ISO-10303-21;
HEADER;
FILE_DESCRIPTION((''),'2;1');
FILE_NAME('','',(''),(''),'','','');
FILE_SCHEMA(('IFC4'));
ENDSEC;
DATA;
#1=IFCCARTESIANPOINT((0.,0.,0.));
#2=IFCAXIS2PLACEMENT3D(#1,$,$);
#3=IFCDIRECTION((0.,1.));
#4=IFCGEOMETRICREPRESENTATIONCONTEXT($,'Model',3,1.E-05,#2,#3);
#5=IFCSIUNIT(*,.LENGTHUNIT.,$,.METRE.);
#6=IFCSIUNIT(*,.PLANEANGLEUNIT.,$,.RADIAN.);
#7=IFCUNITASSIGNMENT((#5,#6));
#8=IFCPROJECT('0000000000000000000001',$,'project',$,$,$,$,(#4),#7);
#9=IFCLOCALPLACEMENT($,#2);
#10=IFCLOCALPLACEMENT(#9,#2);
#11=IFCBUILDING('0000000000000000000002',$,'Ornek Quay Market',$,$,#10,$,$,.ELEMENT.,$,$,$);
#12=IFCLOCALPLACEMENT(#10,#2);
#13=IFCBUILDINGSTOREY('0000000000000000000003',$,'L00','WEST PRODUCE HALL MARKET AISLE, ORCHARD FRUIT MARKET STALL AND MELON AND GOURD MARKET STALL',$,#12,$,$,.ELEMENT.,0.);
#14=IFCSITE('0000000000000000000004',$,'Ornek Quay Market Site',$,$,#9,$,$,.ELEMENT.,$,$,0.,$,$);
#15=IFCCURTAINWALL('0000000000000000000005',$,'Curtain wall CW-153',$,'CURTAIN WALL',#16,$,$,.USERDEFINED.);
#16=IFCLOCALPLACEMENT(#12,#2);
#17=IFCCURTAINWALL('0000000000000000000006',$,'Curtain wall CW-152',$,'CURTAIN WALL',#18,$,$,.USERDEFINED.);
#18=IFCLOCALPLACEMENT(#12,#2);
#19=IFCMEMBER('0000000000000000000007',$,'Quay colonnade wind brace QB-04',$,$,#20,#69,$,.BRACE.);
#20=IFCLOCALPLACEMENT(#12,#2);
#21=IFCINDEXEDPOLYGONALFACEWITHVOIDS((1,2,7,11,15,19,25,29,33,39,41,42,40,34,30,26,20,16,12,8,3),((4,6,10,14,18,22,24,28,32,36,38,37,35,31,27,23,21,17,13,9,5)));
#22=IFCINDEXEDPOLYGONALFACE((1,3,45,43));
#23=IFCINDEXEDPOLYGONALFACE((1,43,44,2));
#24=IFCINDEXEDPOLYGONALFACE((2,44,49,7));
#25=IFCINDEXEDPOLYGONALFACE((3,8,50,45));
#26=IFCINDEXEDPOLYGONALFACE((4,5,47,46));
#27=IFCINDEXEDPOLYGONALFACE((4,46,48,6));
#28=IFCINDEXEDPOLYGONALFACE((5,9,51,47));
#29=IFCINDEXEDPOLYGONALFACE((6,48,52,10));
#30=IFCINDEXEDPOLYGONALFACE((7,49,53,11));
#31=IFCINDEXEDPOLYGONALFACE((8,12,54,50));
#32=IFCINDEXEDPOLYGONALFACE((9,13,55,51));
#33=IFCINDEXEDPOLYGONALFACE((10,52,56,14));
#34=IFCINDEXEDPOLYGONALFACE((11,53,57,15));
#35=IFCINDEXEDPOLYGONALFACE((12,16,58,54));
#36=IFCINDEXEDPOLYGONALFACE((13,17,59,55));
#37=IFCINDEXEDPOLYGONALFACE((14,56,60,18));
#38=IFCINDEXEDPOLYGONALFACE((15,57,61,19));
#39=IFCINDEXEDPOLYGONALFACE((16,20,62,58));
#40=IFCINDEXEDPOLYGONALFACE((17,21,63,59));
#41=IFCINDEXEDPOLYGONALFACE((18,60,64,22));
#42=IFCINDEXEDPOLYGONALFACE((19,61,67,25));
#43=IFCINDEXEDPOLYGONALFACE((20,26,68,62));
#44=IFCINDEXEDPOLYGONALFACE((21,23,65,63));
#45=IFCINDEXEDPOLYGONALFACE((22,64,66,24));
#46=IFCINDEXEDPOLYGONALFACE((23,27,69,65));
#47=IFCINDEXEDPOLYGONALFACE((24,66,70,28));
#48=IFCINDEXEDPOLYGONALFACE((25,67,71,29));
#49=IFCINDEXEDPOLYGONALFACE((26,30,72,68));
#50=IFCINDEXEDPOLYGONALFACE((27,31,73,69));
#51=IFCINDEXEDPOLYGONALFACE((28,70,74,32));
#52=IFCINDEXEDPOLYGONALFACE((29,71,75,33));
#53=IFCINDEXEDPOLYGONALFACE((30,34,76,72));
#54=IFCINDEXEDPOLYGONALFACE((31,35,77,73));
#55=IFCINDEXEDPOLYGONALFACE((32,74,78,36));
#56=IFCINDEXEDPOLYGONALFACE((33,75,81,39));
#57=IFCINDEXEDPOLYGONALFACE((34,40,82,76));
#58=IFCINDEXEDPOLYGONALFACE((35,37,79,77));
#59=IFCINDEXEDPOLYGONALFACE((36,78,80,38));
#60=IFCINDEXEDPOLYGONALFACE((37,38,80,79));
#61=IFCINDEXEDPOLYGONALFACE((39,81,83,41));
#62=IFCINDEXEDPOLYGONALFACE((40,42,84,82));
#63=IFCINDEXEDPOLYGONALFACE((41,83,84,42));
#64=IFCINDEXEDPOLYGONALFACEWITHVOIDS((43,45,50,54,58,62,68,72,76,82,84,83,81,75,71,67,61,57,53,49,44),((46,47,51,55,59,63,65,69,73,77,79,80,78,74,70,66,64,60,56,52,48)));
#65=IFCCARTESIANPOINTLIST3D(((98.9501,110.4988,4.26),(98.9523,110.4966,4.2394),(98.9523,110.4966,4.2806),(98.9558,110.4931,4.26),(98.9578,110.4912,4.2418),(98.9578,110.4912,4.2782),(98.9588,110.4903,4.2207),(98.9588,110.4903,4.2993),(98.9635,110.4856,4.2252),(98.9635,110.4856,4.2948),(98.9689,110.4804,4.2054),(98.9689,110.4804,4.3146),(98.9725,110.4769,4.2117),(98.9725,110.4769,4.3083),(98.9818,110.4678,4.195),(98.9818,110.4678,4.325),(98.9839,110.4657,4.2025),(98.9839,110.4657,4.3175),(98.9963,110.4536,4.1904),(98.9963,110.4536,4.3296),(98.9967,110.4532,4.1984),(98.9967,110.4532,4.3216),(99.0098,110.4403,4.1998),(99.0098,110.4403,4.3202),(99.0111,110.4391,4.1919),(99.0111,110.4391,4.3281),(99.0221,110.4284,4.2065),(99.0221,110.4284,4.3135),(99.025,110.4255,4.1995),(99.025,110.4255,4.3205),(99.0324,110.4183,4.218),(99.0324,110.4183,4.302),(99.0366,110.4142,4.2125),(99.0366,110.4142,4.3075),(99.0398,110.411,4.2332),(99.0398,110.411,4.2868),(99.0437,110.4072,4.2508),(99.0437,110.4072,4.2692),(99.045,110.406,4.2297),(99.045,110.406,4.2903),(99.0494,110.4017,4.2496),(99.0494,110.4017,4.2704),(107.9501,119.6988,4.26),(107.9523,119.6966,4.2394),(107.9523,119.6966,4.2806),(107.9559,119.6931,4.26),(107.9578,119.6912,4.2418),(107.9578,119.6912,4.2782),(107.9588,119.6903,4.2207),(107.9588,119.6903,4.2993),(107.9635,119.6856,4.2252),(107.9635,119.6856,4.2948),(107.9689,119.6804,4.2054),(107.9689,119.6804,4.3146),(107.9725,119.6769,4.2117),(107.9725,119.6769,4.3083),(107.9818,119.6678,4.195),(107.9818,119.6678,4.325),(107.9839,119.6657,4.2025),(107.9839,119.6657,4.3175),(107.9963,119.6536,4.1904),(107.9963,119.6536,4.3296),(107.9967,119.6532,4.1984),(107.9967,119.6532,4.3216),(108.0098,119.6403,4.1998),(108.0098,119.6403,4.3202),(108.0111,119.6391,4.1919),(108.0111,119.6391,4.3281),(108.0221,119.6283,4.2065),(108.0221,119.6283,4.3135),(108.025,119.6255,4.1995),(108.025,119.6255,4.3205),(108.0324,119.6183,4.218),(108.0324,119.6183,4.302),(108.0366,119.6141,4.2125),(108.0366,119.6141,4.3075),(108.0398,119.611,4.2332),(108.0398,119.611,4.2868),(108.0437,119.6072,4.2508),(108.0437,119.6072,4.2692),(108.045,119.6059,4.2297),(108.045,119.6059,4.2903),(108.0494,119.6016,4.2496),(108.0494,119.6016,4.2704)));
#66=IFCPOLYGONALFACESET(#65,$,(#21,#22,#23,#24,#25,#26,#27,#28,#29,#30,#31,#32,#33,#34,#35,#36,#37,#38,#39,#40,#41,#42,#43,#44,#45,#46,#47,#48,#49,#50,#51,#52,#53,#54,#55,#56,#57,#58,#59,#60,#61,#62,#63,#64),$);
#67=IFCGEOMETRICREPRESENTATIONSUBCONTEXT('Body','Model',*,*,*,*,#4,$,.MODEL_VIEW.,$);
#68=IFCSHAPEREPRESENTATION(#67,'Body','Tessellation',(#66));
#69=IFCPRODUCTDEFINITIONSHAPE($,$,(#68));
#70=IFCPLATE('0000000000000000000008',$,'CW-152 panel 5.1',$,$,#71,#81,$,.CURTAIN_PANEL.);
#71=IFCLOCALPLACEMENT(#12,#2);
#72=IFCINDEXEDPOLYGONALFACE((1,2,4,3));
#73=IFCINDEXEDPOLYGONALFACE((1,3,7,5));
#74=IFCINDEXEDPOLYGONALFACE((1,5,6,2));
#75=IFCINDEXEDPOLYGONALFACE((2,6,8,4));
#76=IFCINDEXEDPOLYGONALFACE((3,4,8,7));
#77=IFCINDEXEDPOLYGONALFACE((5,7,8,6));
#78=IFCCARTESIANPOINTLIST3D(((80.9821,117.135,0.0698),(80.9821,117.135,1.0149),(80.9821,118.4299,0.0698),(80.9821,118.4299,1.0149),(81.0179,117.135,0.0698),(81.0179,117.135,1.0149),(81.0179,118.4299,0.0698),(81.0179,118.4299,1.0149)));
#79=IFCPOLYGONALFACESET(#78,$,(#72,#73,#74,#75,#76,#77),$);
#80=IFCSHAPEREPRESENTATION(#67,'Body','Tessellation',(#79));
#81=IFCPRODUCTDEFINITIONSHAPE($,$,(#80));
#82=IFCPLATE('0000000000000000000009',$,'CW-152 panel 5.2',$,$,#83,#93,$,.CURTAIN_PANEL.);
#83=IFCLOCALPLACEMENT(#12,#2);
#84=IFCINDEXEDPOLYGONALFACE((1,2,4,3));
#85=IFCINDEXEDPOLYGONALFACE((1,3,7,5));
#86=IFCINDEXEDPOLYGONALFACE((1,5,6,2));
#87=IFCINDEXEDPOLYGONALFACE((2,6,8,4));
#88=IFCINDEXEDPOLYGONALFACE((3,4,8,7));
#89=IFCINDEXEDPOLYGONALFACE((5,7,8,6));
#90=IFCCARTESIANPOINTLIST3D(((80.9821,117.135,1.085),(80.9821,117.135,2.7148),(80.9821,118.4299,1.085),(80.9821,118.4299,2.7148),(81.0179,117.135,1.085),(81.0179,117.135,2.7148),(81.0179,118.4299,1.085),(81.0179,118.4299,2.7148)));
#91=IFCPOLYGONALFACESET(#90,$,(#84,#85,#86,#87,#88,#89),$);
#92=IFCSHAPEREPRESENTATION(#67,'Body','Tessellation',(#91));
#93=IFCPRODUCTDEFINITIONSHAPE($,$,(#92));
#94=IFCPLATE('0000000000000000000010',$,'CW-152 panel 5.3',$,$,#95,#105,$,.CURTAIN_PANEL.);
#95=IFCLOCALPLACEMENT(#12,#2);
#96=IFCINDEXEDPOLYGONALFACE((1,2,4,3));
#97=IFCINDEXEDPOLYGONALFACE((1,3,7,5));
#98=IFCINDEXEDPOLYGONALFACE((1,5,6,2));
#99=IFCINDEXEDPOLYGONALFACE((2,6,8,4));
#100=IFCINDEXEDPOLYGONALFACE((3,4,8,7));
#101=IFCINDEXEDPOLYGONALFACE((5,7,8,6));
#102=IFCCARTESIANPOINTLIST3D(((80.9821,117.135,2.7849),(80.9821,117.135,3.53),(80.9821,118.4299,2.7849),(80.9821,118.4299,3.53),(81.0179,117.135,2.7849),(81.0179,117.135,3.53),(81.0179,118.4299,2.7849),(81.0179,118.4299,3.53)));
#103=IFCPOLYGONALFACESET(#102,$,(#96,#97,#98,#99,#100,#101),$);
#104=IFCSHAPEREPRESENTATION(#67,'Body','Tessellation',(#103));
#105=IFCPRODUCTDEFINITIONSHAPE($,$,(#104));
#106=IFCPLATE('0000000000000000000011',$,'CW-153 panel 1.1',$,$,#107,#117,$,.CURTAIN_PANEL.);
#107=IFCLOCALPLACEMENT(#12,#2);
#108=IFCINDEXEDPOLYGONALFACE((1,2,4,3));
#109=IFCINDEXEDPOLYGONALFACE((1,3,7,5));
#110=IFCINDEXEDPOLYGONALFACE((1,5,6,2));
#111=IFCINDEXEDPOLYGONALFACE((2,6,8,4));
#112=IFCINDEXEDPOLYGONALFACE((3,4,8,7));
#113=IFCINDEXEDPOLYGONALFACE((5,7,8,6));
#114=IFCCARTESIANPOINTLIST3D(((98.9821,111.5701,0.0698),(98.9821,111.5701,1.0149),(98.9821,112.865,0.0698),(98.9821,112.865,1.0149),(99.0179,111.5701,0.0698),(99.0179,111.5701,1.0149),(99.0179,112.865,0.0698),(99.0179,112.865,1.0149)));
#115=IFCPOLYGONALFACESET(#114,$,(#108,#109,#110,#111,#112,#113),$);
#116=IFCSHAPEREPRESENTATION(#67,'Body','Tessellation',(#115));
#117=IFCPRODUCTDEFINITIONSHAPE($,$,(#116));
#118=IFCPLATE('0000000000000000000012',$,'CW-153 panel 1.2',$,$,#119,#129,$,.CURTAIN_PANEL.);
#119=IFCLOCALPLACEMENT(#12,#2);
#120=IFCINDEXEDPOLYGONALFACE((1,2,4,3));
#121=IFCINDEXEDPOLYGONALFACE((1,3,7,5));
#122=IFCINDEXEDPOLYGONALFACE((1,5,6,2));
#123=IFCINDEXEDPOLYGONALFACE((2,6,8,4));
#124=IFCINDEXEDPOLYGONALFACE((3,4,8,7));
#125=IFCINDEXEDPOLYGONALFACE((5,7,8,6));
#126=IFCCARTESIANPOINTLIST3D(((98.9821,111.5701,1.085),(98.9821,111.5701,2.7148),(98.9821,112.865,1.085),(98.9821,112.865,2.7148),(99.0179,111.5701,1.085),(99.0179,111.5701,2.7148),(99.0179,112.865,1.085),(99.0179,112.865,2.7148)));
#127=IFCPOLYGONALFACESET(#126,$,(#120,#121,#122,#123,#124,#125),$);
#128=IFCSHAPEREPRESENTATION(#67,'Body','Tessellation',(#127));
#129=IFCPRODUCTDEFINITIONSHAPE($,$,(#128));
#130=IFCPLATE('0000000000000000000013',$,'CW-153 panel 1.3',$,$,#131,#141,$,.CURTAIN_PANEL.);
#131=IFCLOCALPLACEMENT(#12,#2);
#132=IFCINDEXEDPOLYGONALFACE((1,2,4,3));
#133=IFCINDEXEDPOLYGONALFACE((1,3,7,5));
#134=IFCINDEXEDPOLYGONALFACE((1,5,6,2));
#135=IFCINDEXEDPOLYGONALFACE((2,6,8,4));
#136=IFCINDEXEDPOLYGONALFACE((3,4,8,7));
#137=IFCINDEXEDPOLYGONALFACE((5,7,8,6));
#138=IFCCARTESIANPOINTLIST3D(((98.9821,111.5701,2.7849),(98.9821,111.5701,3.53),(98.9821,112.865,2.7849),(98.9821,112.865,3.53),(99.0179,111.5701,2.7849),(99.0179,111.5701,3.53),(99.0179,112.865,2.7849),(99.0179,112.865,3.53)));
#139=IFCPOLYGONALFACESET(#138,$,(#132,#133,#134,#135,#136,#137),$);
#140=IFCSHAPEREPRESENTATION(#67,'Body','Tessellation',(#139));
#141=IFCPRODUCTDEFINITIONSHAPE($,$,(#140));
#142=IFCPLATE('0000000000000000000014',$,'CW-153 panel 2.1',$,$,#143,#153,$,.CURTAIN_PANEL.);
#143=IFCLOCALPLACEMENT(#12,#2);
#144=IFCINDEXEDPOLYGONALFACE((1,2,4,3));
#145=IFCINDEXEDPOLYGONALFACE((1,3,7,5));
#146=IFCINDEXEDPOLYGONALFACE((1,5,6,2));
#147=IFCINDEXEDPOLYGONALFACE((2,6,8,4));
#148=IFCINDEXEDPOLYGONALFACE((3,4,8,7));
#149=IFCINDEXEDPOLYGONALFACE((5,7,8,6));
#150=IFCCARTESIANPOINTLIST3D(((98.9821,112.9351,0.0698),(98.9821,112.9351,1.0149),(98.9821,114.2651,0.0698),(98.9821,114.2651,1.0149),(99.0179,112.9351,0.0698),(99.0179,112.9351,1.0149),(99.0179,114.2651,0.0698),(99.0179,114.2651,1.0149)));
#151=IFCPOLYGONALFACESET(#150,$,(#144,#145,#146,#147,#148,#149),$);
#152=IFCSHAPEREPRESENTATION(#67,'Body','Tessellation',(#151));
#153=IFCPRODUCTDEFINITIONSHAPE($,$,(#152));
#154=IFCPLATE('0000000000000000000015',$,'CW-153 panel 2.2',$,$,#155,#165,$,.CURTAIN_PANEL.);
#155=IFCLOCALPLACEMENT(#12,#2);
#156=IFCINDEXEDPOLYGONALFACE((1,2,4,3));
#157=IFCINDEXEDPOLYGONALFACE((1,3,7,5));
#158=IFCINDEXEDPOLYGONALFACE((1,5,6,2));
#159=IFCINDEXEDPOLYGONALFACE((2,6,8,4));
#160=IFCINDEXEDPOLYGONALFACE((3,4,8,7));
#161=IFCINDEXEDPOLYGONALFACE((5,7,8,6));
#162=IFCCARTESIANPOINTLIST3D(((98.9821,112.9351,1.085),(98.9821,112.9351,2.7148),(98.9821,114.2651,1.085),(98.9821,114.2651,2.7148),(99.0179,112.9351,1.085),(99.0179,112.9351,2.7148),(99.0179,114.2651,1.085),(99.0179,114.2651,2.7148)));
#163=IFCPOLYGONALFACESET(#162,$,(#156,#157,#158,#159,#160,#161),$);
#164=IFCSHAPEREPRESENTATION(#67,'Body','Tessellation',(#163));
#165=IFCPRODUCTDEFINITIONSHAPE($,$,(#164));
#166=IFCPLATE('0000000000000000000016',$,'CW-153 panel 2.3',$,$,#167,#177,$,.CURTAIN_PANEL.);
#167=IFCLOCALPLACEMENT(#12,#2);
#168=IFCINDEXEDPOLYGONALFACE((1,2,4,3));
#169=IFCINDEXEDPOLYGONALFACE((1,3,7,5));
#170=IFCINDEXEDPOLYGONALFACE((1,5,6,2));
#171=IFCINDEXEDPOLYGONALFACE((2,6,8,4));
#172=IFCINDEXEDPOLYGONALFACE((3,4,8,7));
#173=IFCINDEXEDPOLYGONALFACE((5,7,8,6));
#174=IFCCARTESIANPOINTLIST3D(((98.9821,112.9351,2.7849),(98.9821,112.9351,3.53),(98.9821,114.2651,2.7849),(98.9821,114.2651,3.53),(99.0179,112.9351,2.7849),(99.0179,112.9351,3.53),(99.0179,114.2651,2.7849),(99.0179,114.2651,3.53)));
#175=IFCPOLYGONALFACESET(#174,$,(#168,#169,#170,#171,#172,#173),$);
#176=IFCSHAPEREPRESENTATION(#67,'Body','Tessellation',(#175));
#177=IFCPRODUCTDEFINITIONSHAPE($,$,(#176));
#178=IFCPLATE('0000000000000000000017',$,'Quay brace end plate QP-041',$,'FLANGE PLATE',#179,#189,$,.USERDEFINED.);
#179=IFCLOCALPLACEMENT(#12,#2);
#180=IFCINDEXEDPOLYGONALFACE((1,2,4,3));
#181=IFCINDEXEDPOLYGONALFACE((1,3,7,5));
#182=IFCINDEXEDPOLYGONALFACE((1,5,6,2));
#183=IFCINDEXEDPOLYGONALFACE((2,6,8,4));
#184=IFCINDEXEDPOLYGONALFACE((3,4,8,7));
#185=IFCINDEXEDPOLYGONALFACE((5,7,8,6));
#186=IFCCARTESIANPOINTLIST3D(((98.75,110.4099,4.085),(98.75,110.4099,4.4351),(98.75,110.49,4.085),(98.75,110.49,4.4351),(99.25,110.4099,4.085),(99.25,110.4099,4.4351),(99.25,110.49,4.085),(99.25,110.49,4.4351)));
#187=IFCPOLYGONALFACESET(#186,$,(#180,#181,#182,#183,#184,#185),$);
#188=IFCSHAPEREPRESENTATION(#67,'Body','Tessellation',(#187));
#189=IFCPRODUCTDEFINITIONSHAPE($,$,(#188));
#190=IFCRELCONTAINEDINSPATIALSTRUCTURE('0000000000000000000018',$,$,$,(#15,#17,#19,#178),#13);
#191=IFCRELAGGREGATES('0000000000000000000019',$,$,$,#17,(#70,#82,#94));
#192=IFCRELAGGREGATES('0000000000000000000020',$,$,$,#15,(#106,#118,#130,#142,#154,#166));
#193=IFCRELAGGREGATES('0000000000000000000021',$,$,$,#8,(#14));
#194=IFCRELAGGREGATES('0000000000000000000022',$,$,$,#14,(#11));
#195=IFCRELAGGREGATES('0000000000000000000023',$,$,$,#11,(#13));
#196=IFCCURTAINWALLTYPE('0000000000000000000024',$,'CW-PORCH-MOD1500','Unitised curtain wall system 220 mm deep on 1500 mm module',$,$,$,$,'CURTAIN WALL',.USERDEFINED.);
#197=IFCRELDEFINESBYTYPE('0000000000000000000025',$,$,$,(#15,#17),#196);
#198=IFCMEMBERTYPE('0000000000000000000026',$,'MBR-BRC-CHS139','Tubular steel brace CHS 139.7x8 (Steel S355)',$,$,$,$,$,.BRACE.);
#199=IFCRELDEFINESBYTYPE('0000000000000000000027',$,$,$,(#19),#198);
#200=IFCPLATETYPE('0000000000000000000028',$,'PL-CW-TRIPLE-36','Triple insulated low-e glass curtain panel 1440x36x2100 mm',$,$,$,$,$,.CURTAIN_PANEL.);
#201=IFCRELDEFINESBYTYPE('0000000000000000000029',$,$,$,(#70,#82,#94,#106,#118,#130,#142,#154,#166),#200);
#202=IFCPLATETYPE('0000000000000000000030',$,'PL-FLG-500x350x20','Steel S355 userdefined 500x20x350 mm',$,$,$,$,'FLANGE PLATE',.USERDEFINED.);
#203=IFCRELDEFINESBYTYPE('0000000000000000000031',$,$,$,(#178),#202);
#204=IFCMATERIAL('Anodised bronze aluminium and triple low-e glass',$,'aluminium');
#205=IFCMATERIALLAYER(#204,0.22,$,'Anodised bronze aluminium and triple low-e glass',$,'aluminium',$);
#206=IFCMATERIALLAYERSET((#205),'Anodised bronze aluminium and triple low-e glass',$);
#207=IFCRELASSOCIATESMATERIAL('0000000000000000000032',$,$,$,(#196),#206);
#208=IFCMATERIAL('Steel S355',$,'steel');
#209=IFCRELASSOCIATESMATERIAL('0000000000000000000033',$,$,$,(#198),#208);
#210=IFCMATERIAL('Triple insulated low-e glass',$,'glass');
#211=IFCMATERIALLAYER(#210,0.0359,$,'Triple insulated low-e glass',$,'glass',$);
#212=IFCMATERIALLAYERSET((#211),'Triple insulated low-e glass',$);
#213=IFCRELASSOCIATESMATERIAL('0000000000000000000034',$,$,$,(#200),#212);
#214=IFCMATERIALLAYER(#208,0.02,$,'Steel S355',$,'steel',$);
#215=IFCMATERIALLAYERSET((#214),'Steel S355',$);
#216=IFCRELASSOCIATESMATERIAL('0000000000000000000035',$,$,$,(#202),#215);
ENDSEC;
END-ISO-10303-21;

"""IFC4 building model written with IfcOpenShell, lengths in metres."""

from ifc_helpers import new_model, si_unit, direction, frame, origin, origin_2d, place, context, subcontext, project, spatial, rectangle, hollow_circle, extrude, material, layer, layer_set, material_profile, profile_set, type_object, element, aggregate, save


model = new_model("IFC4")

# Units and contexts
model_context = context("Model", 3, precision=1e-05, world=origin(), true_north=direction((0.0, 1.0)))
body_context = subcontext(model_context, "Body", "Model", "MODEL_VIEW")
ifc_project = project(units=[si_unit("LENGTHUNIT", "METRE"), si_unit("PLANEANGLEUNIT", "RADIAN")], contexts=[model_context])

# Site, building, storey
site_placement = place(None, origin())
site = spatial("IfcSite", under=ifc_project, at=site_placement, Name="Ornek Quay Market Site", CompositionType="ELEMENT", RefElevation=0.0)
building_placement = place(site_placement, origin())
building = spatial("IfcBuilding", under=site, at=building_placement, Name="Ornek Quay Market", CompositionType="ELEMENT")
storey_placement = place(building_placement, origin())
storey = spatial("IfcBuildingStorey", under=building, at=storey_placement, Name="L00", Description="WEST PRODUCE HALL MARKET AISLE, ORCHARD FRUIT MARKET STALL AND MELON AND GOURD MARKET STALL", CompositionType="ELEMENT", Elevation=0.0)

# Shared definitions
ifc_material_1 = material(Name="Steel S355", Category="steel")

# Curtain walls
ifc_material_2 = material(Name="Anodised bronze aluminium and triple low-e glass", Category="aluminium")
ifc_layer_1 = layer(ifc_material_2, 0.22, Name="Anodised bronze aluminium and triple low-e glass", Category="aluminium")
ifc_layer_set_1 = layer_set([ifc_layer_1], Name="Anodised bronze aluminium and triple low-e glass")
curtain_wall_type = type_object("IfcCurtainWallType", Name="CW-PORCH-MOD1500", Description="Unitised curtain wall system 220 mm deep on 1500 mm module", ElementType="CURTAIN WALL", PredefinedType="USERDEFINED", material=ifc_layer_set_1)
curtain_wall_1_placement = place(storey_placement, origin())
curtain_wall_1 = element("IfcCurtainWall", 1, at=curtain_wall_1_placement, inside=storey, type_object=curtain_wall_type, Name="Curtain wall CW-153", ObjectType="CURTAIN WALL", PredefinedType="USERDEFINED")
curtain_wall_2_placement = place(storey_placement, origin())
curtain_wall_2 = element("IfcCurtainWall", 2, at=curtain_wall_2_placement, inside=storey, type_object=curtain_wall_type, Name="Curtain wall CW-152", ObjectType="CURTAIN WALL", PredefinedType="USERDEFINED")

# Member
ifc_material_profile_1 = material_profile(ifc_material_1, hollow_circle(Radius=0.0698, WallThickness=0.0081, at=origin_2d()), Name="CHS 139.7x8", Category="steel")
ifc_profile_set_1 = profile_set([ifc_material_profile_1], Name="Steel S355")
member_type_1 = type_object("IfcMemberType", Name="MBR-BRC-CHS139", Description="Tubular steel brace CHS 139.7x8 (Steel S355)", PredefinedType="BRACE", material=ifc_profile_set_1)
member_1_placement = place(storey_placement, frame((99.0, 110.45, 4.26), z_axis=(0.699296, 0.714832, 0.0), x_axis=(-0.714832, 0.699296, 0.0)))
element("IfcMember", 3, at=member_1_placement, inside=storey, type_object=member_type_1, Name="Quay colonnade wind brace QB-04", PredefinedType="BRACE", context=body_context, shape_type="SweptSolid", body=[
    extrude(hollow_circle(Radius=0.0698, WallThickness=0.0081, at=origin_2d()), origin(), (0.0, 0.0, 1.0), 12.8701),
])

# Plates
ifc_material_3 = material(Name="Triple insulated low-e glass", Category="glass")
ifc_layer_2 = layer(ifc_material_3, 0.0359, Name="Triple insulated low-e glass", Category="glass")
ifc_layer_set_2 = layer_set([ifc_layer_2], Name="Triple insulated low-e glass")
plate_type_1 = type_object("IfcPlateType", Name="PL-CW-TRIPLE-36", Description="Triple insulated low-e glass curtain panel 1440x36x2100 mm", PredefinedType="CURTAIN_PANEL", material=ifc_layer_set_2)
plate_1_placement = place(storey_placement, frame((81.0, 117.7825, 0.0698), z_axis=(0.0, 0.0, 1.0), x_axis=(0.0, 1.0, 0.0)))
plate_1 = element("IfcPlate", 4, at=plate_1_placement, type_object=plate_type_1, Name="CW-152 panel 5.1", PredefinedType="CURTAIN_PANEL", context=body_context, shape_type="SweptSolid", body=[
    extrude(rectangle(XDim=1.2949, YDim=0.0359, at=origin_2d()), origin(), (0.0, 0.0, 1.0), 0.9451),
])
plate_2_placement = place(storey_placement, frame((81.0, 117.7825, 1.085), z_axis=(0.0, 0.0, 1.0), x_axis=(0.0, 1.0, 0.0)))
plate_2 = element("IfcPlate", 5, at=plate_2_placement, type_object=plate_type_1, Name="CW-152 panel 5.2", PredefinedType="CURTAIN_PANEL", context=body_context, shape_type="SweptSolid", body=[
    extrude(rectangle(XDim=1.2949, YDim=0.0359, at=origin_2d()), origin(), (0.0, 0.0, 1.0), 1.6299),
])
plate_3_placement = place(storey_placement, frame((81.0, 117.7825, 2.7849), z_axis=(0.0, 0.0, 1.0), x_axis=(0.0, 1.0, 0.0)))
plate_3 = element("IfcPlate", 6, at=plate_3_placement, type_object=plate_type_1, Name="CW-152 panel 5.3", PredefinedType="CURTAIN_PANEL", context=body_context, shape_type="SweptSolid", body=[
    extrude(rectangle(XDim=1.2949, YDim=0.0359, at=origin_2d()), origin(), (0.0, 0.0, 1.0), 0.7451),
])
aggregate(curtain_wall_2, [plate_1, plate_2, plate_3])
plate_4_placement = place(storey_placement, frame((99.0, 112.2175, 0.0698), z_axis=(0.0, 0.0, 1.0), x_axis=(0.0, 1.0, 0.0)))
plate_4 = element("IfcPlate", 7, at=plate_4_placement, type_object=plate_type_1, Name="CW-153 panel 1.1", PredefinedType="CURTAIN_PANEL", context=body_context, shape_type="SweptSolid", body=[
    extrude(rectangle(XDim=1.2949, YDim=0.0359, at=origin_2d()), origin(), (0.0, 0.0, 1.0), 0.9451),
])
plate_5_placement = place(storey_placement, frame((99.0, 112.2175, 1.085), z_axis=(0.0, 0.0, 1.0), x_axis=(0.0, 1.0, 0.0)))
plate_5 = element("IfcPlate", 8, at=plate_5_placement, type_object=plate_type_1, Name="CW-153 panel 1.2", PredefinedType="CURTAIN_PANEL", context=body_context, shape_type="SweptSolid", body=[
    extrude(rectangle(XDim=1.2949, YDim=0.0359, at=origin_2d()), origin(), (0.0, 0.0, 1.0), 1.6299),
])
plate_6_placement = place(storey_placement, frame((99.0, 112.2175, 2.7849), z_axis=(0.0, 0.0, 1.0), x_axis=(0.0, 1.0, 0.0)))
plate_6 = element("IfcPlate", 9, at=plate_6_placement, type_object=plate_type_1, Name="CW-153 panel 1.3", PredefinedType="CURTAIN_PANEL", context=body_context, shape_type="SweptSolid", body=[
    extrude(rectangle(XDim=1.2949, YDim=0.0359, at=origin_2d()), origin(), (0.0, 0.0, 1.0), 0.7451),
])
plate_7_placement = place(storey_placement, frame((99.0, 113.6001, 0.0698), z_axis=(0.0, 0.0, 1.0), x_axis=(0.0, 1.0, 0.0)))
plate_7 = element("IfcPlate", 10, at=plate_7_placement, type_object=plate_type_1, Name="CW-153 panel 2.1", PredefinedType="CURTAIN_PANEL", context=body_context, shape_type="SweptSolid", body=[
    extrude(rectangle(XDim=1.3301, YDim=0.0359, at=origin_2d()), origin(), (0.0, 0.0, 1.0), 0.9451),
])
plate_8_placement = place(storey_placement, frame((99.0, 113.6001, 1.085), z_axis=(0.0, 0.0, 1.0), x_axis=(0.0, 1.0, 0.0)))
plate_8 = element("IfcPlate", 11, at=plate_8_placement, type_object=plate_type_1, Name="CW-153 panel 2.2", PredefinedType="CURTAIN_PANEL", context=body_context, shape_type="SweptSolid", body=[
    extrude(rectangle(XDim=1.3301, YDim=0.0359, at=origin_2d()), origin(), (0.0, 0.0, 1.0), 1.6299),
])
plate_9_placement = place(storey_placement, frame((99.0, 113.6001, 2.7849), z_axis=(0.0, 0.0, 1.0), x_axis=(0.0, 1.0, 0.0)))
plate_9 = element("IfcPlate", 12, at=plate_9_placement, type_object=plate_type_1, Name="CW-153 panel 2.3", PredefinedType="CURTAIN_PANEL", context=body_context, shape_type="SweptSolid", body=[
    extrude(rectangle(XDim=1.3301, YDim=0.0359, at=origin_2d()), origin(), (0.0, 0.0, 1.0), 0.7451),
])
aggregate(curtain_wall_1, [plate_4, plate_5, plate_6, plate_7, plate_8, plate_9])
ifc_layer_3 = layer(ifc_material_1, 0.02, Name="Steel S355", Category="steel")
ifc_layer_set_3 = layer_set([ifc_layer_3], Name="Steel S355")
plate_type_2 = type_object("IfcPlateType", Name="PL-FLG-500x350x20", Description="Steel S355 userdefined 500x20x350 mm", ElementType="FLANGE PLATE", PredefinedType="USERDEFINED", material=ifc_layer_set_3)
plate_10_placement = place(storey_placement, frame((99.0, 110.45, 4.085), z_axis=(0.0, 0.0, 1.0), x_axis=(1.0, 0.0, 0.0)))
element("IfcPlate", 13, at=plate_10_placement, inside=storey, type_object=plate_type_2, Name="Quay brace end plate QP-041", ObjectType="FLANGE PLATE", PredefinedType="USERDEFINED", context=body_context, shape_type="SweptSolid", body=[
    extrude(rectangle(XDim=0.5, YDim=0.0801, at=origin_2d()), origin(), (0.0, 0.0, 1.0), 0.3501),
])

save(model, "model.ifc")
